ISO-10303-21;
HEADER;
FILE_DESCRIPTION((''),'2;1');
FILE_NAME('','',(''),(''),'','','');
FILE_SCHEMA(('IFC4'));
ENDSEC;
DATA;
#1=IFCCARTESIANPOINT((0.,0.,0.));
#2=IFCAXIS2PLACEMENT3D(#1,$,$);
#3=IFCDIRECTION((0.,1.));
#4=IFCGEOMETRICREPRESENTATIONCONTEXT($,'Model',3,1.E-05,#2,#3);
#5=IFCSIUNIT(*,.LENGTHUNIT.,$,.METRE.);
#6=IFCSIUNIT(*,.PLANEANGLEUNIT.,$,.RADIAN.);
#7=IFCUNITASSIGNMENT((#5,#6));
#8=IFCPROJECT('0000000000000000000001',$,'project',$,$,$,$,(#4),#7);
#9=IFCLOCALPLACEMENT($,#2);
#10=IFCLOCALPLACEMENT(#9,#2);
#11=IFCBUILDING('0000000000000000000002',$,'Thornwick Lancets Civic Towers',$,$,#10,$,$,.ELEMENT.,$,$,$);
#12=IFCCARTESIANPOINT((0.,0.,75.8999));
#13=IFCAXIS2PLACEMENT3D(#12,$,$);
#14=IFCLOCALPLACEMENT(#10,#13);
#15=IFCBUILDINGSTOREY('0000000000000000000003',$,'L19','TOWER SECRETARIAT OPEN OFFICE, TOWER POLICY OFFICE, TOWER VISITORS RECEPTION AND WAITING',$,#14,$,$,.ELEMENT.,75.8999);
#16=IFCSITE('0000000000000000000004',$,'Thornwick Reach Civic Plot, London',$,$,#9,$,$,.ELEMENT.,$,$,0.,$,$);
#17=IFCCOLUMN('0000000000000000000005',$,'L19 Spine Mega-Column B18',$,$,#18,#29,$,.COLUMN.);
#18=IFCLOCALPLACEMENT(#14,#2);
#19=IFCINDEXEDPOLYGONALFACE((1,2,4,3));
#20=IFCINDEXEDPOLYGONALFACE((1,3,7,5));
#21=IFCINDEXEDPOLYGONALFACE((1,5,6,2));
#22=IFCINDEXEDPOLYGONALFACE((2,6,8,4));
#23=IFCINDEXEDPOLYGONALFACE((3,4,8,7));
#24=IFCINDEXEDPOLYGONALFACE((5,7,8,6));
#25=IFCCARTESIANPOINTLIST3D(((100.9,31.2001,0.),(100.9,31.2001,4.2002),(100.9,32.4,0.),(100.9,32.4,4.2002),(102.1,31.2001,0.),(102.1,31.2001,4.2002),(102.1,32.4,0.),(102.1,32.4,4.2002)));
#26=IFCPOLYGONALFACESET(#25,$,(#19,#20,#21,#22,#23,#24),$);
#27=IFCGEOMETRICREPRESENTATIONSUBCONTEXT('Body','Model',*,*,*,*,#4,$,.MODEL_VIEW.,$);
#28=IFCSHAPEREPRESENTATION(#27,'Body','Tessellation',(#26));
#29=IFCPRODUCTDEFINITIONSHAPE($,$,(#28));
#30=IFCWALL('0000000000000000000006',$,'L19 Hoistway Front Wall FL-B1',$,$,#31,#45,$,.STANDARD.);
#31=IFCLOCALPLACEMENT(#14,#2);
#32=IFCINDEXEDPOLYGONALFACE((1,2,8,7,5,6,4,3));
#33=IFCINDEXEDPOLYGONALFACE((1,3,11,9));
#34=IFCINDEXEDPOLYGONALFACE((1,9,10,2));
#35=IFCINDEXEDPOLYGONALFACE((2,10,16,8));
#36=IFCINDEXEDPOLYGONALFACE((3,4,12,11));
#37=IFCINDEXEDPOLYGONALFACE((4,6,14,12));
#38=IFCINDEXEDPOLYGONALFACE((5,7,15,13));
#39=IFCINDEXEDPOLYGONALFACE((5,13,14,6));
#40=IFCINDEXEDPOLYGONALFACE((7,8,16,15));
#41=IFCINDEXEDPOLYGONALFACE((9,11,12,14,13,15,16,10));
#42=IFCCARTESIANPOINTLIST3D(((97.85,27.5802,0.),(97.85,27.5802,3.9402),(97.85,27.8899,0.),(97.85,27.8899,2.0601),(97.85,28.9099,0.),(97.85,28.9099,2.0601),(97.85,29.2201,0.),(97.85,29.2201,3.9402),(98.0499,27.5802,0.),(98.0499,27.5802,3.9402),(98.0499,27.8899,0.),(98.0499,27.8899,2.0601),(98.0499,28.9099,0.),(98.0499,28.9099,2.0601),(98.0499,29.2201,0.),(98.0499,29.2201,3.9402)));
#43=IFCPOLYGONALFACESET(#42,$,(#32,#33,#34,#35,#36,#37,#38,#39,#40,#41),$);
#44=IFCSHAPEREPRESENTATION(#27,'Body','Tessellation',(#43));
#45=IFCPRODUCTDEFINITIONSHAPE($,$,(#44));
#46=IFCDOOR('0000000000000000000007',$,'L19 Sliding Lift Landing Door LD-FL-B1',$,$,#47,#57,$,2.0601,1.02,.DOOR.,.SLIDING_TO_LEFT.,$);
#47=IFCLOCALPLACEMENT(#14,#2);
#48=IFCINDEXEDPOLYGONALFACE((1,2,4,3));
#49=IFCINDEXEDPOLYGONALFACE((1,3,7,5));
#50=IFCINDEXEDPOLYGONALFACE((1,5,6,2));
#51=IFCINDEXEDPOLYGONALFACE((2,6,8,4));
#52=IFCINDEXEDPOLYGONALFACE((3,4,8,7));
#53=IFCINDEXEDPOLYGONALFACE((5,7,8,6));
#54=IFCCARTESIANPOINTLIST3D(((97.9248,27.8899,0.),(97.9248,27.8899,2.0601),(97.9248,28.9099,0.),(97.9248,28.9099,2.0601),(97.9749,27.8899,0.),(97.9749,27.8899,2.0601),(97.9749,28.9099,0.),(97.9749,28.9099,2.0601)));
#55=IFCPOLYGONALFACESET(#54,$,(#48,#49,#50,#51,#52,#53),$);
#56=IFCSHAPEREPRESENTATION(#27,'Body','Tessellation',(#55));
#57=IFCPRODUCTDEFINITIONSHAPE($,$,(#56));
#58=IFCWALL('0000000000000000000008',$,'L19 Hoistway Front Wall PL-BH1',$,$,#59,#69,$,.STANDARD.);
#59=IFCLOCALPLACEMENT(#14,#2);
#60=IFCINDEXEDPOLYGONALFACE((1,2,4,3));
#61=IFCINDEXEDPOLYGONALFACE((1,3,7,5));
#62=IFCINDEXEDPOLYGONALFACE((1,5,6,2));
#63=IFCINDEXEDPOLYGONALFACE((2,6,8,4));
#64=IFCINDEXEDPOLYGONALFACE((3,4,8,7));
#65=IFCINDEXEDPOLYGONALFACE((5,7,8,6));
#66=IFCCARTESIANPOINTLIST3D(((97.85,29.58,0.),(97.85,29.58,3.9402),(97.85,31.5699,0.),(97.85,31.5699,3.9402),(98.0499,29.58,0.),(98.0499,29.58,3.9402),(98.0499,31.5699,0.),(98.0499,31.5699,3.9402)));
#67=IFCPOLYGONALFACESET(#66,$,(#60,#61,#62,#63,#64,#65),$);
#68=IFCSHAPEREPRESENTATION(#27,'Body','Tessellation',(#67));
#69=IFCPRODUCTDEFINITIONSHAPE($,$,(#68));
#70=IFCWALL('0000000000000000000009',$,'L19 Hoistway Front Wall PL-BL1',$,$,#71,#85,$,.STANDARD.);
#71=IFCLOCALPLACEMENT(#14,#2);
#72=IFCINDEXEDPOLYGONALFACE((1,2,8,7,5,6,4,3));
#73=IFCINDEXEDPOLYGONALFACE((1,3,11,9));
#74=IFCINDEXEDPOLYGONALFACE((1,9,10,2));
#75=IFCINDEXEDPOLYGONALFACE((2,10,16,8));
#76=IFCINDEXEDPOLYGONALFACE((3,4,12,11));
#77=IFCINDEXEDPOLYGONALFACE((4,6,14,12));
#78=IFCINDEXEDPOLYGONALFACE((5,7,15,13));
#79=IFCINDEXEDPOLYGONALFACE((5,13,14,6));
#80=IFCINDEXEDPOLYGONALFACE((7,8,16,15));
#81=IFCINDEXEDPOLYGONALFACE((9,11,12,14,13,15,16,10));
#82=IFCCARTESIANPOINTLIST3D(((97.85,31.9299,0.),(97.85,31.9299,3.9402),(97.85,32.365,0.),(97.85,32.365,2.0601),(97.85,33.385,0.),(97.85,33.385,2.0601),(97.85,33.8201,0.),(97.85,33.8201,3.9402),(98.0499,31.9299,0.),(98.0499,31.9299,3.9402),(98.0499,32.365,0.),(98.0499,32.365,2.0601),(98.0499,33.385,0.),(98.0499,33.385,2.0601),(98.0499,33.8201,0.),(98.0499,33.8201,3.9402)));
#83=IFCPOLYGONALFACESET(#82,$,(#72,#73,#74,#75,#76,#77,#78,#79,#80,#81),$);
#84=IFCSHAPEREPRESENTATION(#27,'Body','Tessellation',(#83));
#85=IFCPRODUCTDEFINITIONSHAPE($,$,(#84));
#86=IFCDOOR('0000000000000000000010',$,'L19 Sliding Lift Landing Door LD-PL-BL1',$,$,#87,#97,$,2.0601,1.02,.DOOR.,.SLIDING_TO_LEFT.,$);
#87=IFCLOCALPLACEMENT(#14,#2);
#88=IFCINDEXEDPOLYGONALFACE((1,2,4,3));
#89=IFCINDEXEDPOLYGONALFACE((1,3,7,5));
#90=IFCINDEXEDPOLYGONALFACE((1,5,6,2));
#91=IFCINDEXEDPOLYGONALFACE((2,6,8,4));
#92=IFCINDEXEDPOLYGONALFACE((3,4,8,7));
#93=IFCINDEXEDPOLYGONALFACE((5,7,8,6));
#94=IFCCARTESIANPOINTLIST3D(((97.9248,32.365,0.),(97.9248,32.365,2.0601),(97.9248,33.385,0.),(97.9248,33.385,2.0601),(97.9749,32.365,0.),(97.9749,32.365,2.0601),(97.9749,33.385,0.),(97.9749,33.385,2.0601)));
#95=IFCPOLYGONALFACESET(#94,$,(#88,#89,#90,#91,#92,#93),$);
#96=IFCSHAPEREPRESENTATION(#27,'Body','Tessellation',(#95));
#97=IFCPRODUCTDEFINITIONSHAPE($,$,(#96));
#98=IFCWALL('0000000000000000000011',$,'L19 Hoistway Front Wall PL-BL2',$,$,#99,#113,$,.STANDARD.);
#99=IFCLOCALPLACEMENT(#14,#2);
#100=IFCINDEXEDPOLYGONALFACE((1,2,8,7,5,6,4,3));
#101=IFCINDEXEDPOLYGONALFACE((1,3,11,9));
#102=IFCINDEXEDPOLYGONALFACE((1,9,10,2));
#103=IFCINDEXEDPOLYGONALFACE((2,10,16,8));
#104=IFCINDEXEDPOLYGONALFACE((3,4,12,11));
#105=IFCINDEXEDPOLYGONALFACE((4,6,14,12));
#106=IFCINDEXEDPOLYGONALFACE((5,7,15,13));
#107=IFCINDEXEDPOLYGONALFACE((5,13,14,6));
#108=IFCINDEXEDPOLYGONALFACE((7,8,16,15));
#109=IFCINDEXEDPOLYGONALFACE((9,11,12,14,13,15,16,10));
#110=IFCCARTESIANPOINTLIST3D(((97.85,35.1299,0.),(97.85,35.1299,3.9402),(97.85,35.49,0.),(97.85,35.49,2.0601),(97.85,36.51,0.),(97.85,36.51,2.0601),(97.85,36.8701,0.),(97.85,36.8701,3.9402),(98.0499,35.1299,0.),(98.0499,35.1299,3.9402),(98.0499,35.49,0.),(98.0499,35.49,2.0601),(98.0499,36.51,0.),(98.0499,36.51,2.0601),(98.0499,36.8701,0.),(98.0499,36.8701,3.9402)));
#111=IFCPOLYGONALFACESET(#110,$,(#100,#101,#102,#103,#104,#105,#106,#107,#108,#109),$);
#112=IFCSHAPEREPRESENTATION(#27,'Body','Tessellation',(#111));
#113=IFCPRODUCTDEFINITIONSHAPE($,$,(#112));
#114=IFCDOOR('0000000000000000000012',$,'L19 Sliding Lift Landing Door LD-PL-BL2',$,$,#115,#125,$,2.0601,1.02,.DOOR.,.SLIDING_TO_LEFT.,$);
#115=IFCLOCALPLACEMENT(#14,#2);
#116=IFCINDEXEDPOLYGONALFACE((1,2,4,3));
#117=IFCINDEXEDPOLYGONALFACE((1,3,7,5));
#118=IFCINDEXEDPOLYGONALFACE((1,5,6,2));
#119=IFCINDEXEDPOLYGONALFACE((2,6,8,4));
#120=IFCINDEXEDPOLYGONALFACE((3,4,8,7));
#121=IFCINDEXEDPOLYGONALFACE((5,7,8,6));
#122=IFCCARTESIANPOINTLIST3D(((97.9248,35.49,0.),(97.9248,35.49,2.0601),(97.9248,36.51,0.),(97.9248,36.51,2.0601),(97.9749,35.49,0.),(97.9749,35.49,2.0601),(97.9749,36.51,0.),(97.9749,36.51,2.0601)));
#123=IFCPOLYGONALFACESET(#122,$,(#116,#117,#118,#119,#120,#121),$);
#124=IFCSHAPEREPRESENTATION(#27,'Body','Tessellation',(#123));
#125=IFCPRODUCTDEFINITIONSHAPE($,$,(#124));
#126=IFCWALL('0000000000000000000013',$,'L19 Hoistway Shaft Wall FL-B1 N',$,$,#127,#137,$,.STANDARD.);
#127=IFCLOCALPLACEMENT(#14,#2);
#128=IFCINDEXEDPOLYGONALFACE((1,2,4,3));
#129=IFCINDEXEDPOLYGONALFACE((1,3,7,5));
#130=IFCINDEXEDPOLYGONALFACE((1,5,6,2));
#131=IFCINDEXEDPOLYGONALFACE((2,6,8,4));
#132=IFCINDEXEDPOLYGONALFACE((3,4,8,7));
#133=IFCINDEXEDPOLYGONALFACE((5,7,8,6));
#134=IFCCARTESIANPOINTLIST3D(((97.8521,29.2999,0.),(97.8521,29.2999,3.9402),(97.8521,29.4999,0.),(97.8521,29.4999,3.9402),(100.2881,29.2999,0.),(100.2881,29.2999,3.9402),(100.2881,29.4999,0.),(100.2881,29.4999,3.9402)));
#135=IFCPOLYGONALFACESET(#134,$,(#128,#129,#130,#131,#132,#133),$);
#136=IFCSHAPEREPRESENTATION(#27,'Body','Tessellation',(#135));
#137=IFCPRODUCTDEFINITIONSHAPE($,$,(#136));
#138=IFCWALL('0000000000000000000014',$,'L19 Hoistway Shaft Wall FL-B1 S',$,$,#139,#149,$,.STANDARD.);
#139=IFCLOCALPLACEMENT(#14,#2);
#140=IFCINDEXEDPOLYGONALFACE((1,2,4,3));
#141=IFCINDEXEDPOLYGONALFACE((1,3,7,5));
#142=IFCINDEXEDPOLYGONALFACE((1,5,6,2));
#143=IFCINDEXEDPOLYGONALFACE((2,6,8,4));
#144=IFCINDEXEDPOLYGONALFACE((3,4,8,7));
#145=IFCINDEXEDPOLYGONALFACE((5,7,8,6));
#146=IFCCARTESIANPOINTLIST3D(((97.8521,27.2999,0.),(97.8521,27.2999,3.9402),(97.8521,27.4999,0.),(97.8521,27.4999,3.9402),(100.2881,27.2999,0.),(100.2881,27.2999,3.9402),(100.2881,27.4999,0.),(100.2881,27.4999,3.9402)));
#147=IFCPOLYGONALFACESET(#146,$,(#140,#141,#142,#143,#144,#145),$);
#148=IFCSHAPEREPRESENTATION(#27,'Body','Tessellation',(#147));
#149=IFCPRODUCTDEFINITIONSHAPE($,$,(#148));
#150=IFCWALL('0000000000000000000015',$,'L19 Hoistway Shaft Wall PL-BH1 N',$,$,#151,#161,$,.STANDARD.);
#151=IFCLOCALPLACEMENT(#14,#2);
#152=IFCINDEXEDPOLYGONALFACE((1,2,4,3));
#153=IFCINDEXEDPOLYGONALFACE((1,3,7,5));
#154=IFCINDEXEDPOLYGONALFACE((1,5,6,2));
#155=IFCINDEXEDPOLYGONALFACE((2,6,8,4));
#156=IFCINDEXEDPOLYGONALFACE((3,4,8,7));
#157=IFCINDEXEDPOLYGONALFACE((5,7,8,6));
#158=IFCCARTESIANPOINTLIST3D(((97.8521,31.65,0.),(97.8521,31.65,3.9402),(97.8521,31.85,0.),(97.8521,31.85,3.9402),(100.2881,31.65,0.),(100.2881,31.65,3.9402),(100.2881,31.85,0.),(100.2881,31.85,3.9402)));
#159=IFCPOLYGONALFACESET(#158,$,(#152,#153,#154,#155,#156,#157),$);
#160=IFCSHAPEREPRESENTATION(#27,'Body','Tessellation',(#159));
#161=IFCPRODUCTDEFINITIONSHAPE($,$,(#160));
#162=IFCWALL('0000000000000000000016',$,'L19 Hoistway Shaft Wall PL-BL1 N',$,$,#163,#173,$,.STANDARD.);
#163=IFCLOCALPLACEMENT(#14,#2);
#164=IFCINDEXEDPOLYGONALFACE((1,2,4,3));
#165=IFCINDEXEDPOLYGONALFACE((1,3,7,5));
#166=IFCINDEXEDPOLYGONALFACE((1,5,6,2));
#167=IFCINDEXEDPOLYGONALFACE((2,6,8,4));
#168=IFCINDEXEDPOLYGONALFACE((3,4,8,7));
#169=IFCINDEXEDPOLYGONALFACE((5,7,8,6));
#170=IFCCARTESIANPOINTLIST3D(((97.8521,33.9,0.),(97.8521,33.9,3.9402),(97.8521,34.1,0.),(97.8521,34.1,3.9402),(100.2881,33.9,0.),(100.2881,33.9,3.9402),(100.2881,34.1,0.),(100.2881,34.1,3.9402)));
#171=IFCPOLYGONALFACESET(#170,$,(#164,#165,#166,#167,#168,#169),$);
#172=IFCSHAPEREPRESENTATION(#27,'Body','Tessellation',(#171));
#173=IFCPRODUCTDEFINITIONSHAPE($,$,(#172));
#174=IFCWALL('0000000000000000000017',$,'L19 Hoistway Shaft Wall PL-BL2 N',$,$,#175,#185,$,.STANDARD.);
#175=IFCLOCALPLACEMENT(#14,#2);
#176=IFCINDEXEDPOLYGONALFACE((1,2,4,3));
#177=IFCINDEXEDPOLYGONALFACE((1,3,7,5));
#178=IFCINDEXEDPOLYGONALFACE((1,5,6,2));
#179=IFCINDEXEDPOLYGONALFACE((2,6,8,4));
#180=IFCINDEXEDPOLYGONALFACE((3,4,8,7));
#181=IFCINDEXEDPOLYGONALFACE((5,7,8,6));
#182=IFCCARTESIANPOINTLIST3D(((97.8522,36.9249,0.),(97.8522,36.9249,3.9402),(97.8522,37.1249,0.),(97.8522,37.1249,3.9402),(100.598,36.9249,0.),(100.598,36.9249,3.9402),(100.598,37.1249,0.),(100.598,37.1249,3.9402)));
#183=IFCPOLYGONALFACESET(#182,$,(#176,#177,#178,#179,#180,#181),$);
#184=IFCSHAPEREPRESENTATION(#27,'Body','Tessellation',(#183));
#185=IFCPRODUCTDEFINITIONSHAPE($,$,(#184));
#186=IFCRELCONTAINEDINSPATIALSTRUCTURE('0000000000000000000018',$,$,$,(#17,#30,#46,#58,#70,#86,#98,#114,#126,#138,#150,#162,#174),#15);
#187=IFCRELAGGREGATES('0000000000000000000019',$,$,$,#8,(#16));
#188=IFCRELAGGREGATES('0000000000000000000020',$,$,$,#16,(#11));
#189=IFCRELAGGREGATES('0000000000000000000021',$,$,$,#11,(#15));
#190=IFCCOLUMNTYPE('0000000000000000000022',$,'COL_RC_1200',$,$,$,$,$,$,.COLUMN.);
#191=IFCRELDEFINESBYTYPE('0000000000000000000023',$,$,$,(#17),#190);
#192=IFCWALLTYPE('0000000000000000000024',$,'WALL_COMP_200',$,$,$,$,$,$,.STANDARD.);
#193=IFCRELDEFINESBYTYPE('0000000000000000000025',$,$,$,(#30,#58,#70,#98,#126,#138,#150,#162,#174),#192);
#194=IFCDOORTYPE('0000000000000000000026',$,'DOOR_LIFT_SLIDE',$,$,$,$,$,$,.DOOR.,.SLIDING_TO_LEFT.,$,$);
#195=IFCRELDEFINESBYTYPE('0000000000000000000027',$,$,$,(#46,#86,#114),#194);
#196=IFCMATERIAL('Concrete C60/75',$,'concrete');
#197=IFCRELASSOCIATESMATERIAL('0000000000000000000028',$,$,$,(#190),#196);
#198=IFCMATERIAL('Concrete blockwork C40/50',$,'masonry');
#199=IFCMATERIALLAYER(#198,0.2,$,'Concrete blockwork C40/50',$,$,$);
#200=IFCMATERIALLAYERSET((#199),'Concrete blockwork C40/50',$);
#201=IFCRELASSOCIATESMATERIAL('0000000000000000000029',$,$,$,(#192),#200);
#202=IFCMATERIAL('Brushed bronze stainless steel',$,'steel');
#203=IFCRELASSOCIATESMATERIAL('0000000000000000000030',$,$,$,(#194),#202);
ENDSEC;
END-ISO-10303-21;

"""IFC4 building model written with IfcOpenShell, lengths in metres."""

from ifc_helpers import new_model, si_unit, direction, frame, frame_2d, origin, origin_2d, place, context, subcontext, project, spatial, rectangle, extrude, material, layer, layer_set, material_profile, profile_set, type_object, element, fill, save


model = new_model("IFC4")

# Units and contexts
model_context = context("Model", 3, precision=1e-05, world=origin(), true_north=direction((0.0, 1.0)))
body_context = subcontext(model_context, "Body", "Model", "MODEL_VIEW")
ifc_project = project(units=[si_unit("LENGTHUNIT", "METRE"), si_unit("PLANEANGLEUNIT", "RADIAN")], contexts=[model_context])

# Site, building, storey
site_placement = place(None, origin())
site = spatial("IfcSite", under=ifc_project, at=site_placement, Name="Thornwick Reach Civic Plot, London", CompositionType="ELEMENT", RefElevation=0.0)
building_placement = place(site_placement, origin())
building = spatial("IfcBuilding", under=site, at=building_placement, Name="Thornwick Lancets Civic Towers", CompositionType="ELEMENT")
storey_placement = place(building_placement, frame((0.0, 0.0, 75.8999)))
storey = spatial("IfcBuildingStorey", under=building, at=storey_placement, Name="L19", Description="TOWER SECRETARIAT OPEN OFFICE, TOWER POLICY OFFICE, TOWER VISITORS RECEPTION AND WAITING", CompositionType="ELEMENT", Elevation=75.8999)

# Column
ifc_material_1 = material(Name="Concrete C60/75", Category="concrete")
ifc_material_profile = material_profile(ifc_material_1, rectangle(XDim=1.2, YDim=1.2, at=origin_2d()), Name="RC 1200x1200")
ifc_profile_set = profile_set([ifc_material_profile], Name="Concrete C60/75")
column_type = type_object("IfcColumnType", Name="COL_RC_1200", PredefinedType="COLUMN", material=ifc_profile_set)
column_placement = place(storey_placement, frame((101.5, 31.8, 0.0), z_axis=(0.0, 0.0, 1.0), x_axis=(1.0, 0.0, 0.0)))
element("IfcColumn", 1, at=column_placement, inside=storey, type_object=column_type, Name="L19 Spine Mega-Column B18", PredefinedType="COLUMN", context=body_context, shape_type="SweptSolid", body=[
    extrude(rectangle(XDim=1.2, YDim=1.2, at=origin_2d()), origin(), (0.0, 0.0, 1.0), 4.2002),
])

# Wall, opening, door
ifc_material_2 = material(Name="Concrete blockwork C40/50", Category="masonry")
ifc_layer = layer(ifc_material_2, 0.2, Name="Concrete blockwork C40/50")
ifc_layer_set = layer_set([ifc_layer], Name="Concrete blockwork C40/50")
wall_type = type_object("IfcWallType", Name="WALL_COMP_200", PredefinedType="STANDARD", material=ifc_layer_set)
wall_1_placement = place(storey_placement, frame((97.95, 29.22, 0.0), z_axis=(0.0, 0.0, 1.0), x_axis=(0.0, -1.0, 0.0)))
wall_1 = element("IfcWall", 2, at=wall_1_placement, inside=storey, type_object=wall_type, Name="L19 Hoistway Front Wall FL-B1", PredefinedType="STANDARD", context=body_context, shape_type="SweptSolid", body=[
    extrude(rectangle(XDim=1.6399, YDim=0.2, at=frame_2d((0.8198, 0.0))), origin(), (0.0, 0.0, 1.0), 3.9402),
])
opening_1_placement = place(wall_1_placement, frame((0.3101, 0.0, 0.0)))
opening_1 = element("IfcOpeningElement", 3, at=opening_1_placement, cuts=wall_1, PredefinedType="OPENING", context=body_context, shape_type="SweptSolid", body=[
    extrude(rectangle(XDim=1.02, YDim=2.0601, at=frame_2d((0.51, 1.03))), frame((0.0, 0.1099, 0.0), z_axis=(0.0, -1.0, 0.0), x_axis=(1.0, 0.0, 0.0)), (0.0, 0.0, 1.0), 0.22),
])
ifc_material_3 = material(Name="Brushed bronze stainless steel", Category="steel")
door_type = type_object("IfcDoorType", Name="DOOR_LIFT_SLIDE", OperationType="SLIDING_TO_LEFT", PredefinedType="DOOR", material=ifc_material_3)
door_1_placement = place(opening_1_placement, origin())
door_1 = element("IfcDoor", 4, at=door_1_placement, inside=storey, type_object=door_type, Name="L19 Sliding Lift Landing Door LD-FL-B1", OperationType="SLIDING_TO_LEFT", OverallHeight=2.0601, OverallWidth=1.02, PredefinedType="DOOR", context=body_context, shape_type="SweptSolid", body=[
    extrude(rectangle(XDim=1.02, YDim=2.0601, at=frame_2d((0.51, 1.03))), frame((0.0, 0.0249, 0.0), z_axis=(0.0, -1.0, 0.0), x_axis=(1.0, 0.0, 0.0)), (0.0, 0.0, 1.0), 0.05),
])
fill(opening_1, door_1)

# Wall
wall_2_placement = place(storey_placement, frame((97.95, 31.5701, 0.0), z_axis=(0.0, 0.0, 1.0), x_axis=(0.0, -1.0, 0.0)))
element("IfcWall", 5, at=wall_2_placement, inside=storey, type_object=wall_type, Name="L19 Hoistway Front Wall PL-BH1", PredefinedType="STANDARD", context=body_context, shape_type="SweptSolid", body=[
    extrude(rectangle(XDim=1.99, YDim=0.2, at=frame_2d((0.9951, 0.0))), origin(), (0.0, 0.0, 1.0), 3.9402),
])

# Walls, openings, doors
wall_3_placement = place(storey_placement, frame((97.95, 33.8201, 0.0), z_axis=(0.0, 0.0, 1.0), x_axis=(0.0, -1.0, 0.0)))
wall_3 = element("IfcWall", 6, at=wall_3_placement, inside=storey, type_object=wall_type, Name="L19 Hoistway Front Wall PL-BL1", PredefinedType="STANDARD", context=body_context, shape_type="SweptSolid", body=[
    extrude(rectangle(XDim=1.8901, YDim=0.2, at=frame_2d((0.9451, 0.0))), origin(), (0.0, 0.0, 1.0), 3.9402),
])
opening_2_placement = place(wall_3_placement, frame((0.4351, 0.0, 0.0)))
opening_2 = element("IfcOpeningElement", 7, at=opening_2_placement, cuts=wall_3, PredefinedType="OPENING", context=body_context, shape_type="SweptSolid", body=[
    extrude(rectangle(XDim=1.02, YDim=2.0601, at=frame_2d((0.51, 1.03))), frame((0.0, 0.1099, 0.0), z_axis=(0.0, -1.0, 0.0), x_axis=(1.0, 0.0, 0.0)), (0.0, 0.0, 1.0), 0.22),
])
door_2_placement = place(opening_2_placement, origin())
door_2 = element("IfcDoor", 8, at=door_2_placement, inside=storey, type_object=door_type, Name="L19 Sliding Lift Landing Door LD-PL-BL1", OperationType="SLIDING_TO_LEFT", OverallHeight=2.0601, OverallWidth=1.02, PredefinedType="DOOR", context=body_context, shape_type="SweptSolid", body=[
    extrude(rectangle(XDim=1.02, YDim=2.0601, at=frame_2d((0.51, 1.03))), frame((0.0, 0.0249, 0.0), z_axis=(0.0, -1.0, 0.0), x_axis=(1.0, 0.0, 0.0)), (0.0, 0.0, 1.0), 0.05),
])
fill(opening_2, door_2)
wall_4_placement = place(storey_placement, frame((97.95, 36.8701, 0.0), z_axis=(0.0, 0.0, 1.0), x_axis=(0.0, -1.0, 0.0)))
wall_4 = element("IfcWall", 9, at=wall_4_placement, inside=storey, type_object=wall_type, Name="L19 Hoistway Front Wall PL-BL2", PredefinedType="STANDARD", context=body_context, shape_type="SweptSolid", body=[
    extrude(rectangle(XDim=1.7402, YDim=0.2, at=frame_2d((0.8701, 0.0))), origin(), (0.0, 0.0, 1.0), 3.9402),
])
opening_3_placement = place(wall_4_placement, frame((0.3601, 0.0, 0.0)))
opening_3 = element("IfcOpeningElement", 10, at=opening_3_placement, cuts=wall_4, PredefinedType="OPENING", context=body_context, shape_type="SweptSolid", body=[
    extrude(rectangle(XDim=1.02, YDim=2.0601, at=frame_2d((0.51, 1.03))), frame((0.0, 0.1099, 0.0), z_axis=(0.0, -1.0, 0.0), x_axis=(1.0, 0.0, 0.0)), (0.0, 0.0, 1.0), 0.22),
])
door_3_placement = place(opening_3_placement, origin())
door_3 = element("IfcDoor", 11, at=door_3_placement, inside=storey, type_object=door_type, Name="L19 Sliding Lift Landing Door LD-PL-BL2", OperationType="SLIDING_TO_LEFT", OverallHeight=2.0601, OverallWidth=1.02, PredefinedType="DOOR", context=body_context, shape_type="SweptSolid", body=[
    extrude(rectangle(XDim=1.02, YDim=2.0601, at=frame_2d((0.51, 1.03))), frame((0.0, 0.0249, 0.0), z_axis=(0.0, -1.0, 0.0), x_axis=(1.0, 0.0, 0.0)), (0.0, 0.0, 1.0), 0.05),
])
fill(opening_3, door_3)

# Walls
for number, where, z_axis, x_axis, name in (
    (12, (97.8521, 29.3999, 0.0), (0.0, 0.0, 1.0), (1.0, 0.0, 0.0), "L19 Hoistway Shaft Wall FL-B1 N"),
    (13, (97.8521, 27.3999, 0.0), (0.0, 0.0, 1.0), (1.0, 0.0, 0.0), "L19 Hoistway Shaft Wall FL-B1 S"),
    (14, (97.8521, 31.75, 0.0), (0.0, 0.0, 1.0), (1.0, 0.0, 0.0), "L19 Hoistway Shaft Wall PL-BH1 N"),
    (15, (97.8521, 34.0, 0.0), (0.0, 0.0, 1.0), (1.0, 0.0, 0.0), "L19 Hoistway Shaft Wall PL-BL1 N"),
):
    element("IfcWall", number, at=place(storey_placement, frame(where, z_axis=z_axis, x_axis=x_axis)), inside=storey, type_object=wall_type, Name=name, PredefinedType="STANDARD", context=body_context, shape_type="SweptSolid", body=[
        extrude(rectangle(XDim=2.436, YDim=0.2, at=frame_2d((1.218, 0.0))), origin(), (0.0, 0.0, 1.0), 3.9402),
    ])
for number, where, z_axis, x_axis, name in (
    (16, (97.8521, 37.0249, 0.0), (0.0, 0.0, 1.0), (1.0, 0.0, 0.0), "L19 Hoistway Shaft Wall PL-BL2 N"),
):
    element("IfcWall", number, at=place(storey_placement, frame(where, z_axis=z_axis, x_axis=x_axis)), inside=storey, type_object=wall_type, Name=name, PredefinedType="STANDARD", context=body_context, shape_type="SweptSolid", body=[
        extrude(rectangle(XDim=2.7458, YDim=0.2, at=frame_2d((1.373, 0.0))), origin(), (0.0, 0.0, 1.0), 3.9402),
    ])

save(model, "model.ifc")
